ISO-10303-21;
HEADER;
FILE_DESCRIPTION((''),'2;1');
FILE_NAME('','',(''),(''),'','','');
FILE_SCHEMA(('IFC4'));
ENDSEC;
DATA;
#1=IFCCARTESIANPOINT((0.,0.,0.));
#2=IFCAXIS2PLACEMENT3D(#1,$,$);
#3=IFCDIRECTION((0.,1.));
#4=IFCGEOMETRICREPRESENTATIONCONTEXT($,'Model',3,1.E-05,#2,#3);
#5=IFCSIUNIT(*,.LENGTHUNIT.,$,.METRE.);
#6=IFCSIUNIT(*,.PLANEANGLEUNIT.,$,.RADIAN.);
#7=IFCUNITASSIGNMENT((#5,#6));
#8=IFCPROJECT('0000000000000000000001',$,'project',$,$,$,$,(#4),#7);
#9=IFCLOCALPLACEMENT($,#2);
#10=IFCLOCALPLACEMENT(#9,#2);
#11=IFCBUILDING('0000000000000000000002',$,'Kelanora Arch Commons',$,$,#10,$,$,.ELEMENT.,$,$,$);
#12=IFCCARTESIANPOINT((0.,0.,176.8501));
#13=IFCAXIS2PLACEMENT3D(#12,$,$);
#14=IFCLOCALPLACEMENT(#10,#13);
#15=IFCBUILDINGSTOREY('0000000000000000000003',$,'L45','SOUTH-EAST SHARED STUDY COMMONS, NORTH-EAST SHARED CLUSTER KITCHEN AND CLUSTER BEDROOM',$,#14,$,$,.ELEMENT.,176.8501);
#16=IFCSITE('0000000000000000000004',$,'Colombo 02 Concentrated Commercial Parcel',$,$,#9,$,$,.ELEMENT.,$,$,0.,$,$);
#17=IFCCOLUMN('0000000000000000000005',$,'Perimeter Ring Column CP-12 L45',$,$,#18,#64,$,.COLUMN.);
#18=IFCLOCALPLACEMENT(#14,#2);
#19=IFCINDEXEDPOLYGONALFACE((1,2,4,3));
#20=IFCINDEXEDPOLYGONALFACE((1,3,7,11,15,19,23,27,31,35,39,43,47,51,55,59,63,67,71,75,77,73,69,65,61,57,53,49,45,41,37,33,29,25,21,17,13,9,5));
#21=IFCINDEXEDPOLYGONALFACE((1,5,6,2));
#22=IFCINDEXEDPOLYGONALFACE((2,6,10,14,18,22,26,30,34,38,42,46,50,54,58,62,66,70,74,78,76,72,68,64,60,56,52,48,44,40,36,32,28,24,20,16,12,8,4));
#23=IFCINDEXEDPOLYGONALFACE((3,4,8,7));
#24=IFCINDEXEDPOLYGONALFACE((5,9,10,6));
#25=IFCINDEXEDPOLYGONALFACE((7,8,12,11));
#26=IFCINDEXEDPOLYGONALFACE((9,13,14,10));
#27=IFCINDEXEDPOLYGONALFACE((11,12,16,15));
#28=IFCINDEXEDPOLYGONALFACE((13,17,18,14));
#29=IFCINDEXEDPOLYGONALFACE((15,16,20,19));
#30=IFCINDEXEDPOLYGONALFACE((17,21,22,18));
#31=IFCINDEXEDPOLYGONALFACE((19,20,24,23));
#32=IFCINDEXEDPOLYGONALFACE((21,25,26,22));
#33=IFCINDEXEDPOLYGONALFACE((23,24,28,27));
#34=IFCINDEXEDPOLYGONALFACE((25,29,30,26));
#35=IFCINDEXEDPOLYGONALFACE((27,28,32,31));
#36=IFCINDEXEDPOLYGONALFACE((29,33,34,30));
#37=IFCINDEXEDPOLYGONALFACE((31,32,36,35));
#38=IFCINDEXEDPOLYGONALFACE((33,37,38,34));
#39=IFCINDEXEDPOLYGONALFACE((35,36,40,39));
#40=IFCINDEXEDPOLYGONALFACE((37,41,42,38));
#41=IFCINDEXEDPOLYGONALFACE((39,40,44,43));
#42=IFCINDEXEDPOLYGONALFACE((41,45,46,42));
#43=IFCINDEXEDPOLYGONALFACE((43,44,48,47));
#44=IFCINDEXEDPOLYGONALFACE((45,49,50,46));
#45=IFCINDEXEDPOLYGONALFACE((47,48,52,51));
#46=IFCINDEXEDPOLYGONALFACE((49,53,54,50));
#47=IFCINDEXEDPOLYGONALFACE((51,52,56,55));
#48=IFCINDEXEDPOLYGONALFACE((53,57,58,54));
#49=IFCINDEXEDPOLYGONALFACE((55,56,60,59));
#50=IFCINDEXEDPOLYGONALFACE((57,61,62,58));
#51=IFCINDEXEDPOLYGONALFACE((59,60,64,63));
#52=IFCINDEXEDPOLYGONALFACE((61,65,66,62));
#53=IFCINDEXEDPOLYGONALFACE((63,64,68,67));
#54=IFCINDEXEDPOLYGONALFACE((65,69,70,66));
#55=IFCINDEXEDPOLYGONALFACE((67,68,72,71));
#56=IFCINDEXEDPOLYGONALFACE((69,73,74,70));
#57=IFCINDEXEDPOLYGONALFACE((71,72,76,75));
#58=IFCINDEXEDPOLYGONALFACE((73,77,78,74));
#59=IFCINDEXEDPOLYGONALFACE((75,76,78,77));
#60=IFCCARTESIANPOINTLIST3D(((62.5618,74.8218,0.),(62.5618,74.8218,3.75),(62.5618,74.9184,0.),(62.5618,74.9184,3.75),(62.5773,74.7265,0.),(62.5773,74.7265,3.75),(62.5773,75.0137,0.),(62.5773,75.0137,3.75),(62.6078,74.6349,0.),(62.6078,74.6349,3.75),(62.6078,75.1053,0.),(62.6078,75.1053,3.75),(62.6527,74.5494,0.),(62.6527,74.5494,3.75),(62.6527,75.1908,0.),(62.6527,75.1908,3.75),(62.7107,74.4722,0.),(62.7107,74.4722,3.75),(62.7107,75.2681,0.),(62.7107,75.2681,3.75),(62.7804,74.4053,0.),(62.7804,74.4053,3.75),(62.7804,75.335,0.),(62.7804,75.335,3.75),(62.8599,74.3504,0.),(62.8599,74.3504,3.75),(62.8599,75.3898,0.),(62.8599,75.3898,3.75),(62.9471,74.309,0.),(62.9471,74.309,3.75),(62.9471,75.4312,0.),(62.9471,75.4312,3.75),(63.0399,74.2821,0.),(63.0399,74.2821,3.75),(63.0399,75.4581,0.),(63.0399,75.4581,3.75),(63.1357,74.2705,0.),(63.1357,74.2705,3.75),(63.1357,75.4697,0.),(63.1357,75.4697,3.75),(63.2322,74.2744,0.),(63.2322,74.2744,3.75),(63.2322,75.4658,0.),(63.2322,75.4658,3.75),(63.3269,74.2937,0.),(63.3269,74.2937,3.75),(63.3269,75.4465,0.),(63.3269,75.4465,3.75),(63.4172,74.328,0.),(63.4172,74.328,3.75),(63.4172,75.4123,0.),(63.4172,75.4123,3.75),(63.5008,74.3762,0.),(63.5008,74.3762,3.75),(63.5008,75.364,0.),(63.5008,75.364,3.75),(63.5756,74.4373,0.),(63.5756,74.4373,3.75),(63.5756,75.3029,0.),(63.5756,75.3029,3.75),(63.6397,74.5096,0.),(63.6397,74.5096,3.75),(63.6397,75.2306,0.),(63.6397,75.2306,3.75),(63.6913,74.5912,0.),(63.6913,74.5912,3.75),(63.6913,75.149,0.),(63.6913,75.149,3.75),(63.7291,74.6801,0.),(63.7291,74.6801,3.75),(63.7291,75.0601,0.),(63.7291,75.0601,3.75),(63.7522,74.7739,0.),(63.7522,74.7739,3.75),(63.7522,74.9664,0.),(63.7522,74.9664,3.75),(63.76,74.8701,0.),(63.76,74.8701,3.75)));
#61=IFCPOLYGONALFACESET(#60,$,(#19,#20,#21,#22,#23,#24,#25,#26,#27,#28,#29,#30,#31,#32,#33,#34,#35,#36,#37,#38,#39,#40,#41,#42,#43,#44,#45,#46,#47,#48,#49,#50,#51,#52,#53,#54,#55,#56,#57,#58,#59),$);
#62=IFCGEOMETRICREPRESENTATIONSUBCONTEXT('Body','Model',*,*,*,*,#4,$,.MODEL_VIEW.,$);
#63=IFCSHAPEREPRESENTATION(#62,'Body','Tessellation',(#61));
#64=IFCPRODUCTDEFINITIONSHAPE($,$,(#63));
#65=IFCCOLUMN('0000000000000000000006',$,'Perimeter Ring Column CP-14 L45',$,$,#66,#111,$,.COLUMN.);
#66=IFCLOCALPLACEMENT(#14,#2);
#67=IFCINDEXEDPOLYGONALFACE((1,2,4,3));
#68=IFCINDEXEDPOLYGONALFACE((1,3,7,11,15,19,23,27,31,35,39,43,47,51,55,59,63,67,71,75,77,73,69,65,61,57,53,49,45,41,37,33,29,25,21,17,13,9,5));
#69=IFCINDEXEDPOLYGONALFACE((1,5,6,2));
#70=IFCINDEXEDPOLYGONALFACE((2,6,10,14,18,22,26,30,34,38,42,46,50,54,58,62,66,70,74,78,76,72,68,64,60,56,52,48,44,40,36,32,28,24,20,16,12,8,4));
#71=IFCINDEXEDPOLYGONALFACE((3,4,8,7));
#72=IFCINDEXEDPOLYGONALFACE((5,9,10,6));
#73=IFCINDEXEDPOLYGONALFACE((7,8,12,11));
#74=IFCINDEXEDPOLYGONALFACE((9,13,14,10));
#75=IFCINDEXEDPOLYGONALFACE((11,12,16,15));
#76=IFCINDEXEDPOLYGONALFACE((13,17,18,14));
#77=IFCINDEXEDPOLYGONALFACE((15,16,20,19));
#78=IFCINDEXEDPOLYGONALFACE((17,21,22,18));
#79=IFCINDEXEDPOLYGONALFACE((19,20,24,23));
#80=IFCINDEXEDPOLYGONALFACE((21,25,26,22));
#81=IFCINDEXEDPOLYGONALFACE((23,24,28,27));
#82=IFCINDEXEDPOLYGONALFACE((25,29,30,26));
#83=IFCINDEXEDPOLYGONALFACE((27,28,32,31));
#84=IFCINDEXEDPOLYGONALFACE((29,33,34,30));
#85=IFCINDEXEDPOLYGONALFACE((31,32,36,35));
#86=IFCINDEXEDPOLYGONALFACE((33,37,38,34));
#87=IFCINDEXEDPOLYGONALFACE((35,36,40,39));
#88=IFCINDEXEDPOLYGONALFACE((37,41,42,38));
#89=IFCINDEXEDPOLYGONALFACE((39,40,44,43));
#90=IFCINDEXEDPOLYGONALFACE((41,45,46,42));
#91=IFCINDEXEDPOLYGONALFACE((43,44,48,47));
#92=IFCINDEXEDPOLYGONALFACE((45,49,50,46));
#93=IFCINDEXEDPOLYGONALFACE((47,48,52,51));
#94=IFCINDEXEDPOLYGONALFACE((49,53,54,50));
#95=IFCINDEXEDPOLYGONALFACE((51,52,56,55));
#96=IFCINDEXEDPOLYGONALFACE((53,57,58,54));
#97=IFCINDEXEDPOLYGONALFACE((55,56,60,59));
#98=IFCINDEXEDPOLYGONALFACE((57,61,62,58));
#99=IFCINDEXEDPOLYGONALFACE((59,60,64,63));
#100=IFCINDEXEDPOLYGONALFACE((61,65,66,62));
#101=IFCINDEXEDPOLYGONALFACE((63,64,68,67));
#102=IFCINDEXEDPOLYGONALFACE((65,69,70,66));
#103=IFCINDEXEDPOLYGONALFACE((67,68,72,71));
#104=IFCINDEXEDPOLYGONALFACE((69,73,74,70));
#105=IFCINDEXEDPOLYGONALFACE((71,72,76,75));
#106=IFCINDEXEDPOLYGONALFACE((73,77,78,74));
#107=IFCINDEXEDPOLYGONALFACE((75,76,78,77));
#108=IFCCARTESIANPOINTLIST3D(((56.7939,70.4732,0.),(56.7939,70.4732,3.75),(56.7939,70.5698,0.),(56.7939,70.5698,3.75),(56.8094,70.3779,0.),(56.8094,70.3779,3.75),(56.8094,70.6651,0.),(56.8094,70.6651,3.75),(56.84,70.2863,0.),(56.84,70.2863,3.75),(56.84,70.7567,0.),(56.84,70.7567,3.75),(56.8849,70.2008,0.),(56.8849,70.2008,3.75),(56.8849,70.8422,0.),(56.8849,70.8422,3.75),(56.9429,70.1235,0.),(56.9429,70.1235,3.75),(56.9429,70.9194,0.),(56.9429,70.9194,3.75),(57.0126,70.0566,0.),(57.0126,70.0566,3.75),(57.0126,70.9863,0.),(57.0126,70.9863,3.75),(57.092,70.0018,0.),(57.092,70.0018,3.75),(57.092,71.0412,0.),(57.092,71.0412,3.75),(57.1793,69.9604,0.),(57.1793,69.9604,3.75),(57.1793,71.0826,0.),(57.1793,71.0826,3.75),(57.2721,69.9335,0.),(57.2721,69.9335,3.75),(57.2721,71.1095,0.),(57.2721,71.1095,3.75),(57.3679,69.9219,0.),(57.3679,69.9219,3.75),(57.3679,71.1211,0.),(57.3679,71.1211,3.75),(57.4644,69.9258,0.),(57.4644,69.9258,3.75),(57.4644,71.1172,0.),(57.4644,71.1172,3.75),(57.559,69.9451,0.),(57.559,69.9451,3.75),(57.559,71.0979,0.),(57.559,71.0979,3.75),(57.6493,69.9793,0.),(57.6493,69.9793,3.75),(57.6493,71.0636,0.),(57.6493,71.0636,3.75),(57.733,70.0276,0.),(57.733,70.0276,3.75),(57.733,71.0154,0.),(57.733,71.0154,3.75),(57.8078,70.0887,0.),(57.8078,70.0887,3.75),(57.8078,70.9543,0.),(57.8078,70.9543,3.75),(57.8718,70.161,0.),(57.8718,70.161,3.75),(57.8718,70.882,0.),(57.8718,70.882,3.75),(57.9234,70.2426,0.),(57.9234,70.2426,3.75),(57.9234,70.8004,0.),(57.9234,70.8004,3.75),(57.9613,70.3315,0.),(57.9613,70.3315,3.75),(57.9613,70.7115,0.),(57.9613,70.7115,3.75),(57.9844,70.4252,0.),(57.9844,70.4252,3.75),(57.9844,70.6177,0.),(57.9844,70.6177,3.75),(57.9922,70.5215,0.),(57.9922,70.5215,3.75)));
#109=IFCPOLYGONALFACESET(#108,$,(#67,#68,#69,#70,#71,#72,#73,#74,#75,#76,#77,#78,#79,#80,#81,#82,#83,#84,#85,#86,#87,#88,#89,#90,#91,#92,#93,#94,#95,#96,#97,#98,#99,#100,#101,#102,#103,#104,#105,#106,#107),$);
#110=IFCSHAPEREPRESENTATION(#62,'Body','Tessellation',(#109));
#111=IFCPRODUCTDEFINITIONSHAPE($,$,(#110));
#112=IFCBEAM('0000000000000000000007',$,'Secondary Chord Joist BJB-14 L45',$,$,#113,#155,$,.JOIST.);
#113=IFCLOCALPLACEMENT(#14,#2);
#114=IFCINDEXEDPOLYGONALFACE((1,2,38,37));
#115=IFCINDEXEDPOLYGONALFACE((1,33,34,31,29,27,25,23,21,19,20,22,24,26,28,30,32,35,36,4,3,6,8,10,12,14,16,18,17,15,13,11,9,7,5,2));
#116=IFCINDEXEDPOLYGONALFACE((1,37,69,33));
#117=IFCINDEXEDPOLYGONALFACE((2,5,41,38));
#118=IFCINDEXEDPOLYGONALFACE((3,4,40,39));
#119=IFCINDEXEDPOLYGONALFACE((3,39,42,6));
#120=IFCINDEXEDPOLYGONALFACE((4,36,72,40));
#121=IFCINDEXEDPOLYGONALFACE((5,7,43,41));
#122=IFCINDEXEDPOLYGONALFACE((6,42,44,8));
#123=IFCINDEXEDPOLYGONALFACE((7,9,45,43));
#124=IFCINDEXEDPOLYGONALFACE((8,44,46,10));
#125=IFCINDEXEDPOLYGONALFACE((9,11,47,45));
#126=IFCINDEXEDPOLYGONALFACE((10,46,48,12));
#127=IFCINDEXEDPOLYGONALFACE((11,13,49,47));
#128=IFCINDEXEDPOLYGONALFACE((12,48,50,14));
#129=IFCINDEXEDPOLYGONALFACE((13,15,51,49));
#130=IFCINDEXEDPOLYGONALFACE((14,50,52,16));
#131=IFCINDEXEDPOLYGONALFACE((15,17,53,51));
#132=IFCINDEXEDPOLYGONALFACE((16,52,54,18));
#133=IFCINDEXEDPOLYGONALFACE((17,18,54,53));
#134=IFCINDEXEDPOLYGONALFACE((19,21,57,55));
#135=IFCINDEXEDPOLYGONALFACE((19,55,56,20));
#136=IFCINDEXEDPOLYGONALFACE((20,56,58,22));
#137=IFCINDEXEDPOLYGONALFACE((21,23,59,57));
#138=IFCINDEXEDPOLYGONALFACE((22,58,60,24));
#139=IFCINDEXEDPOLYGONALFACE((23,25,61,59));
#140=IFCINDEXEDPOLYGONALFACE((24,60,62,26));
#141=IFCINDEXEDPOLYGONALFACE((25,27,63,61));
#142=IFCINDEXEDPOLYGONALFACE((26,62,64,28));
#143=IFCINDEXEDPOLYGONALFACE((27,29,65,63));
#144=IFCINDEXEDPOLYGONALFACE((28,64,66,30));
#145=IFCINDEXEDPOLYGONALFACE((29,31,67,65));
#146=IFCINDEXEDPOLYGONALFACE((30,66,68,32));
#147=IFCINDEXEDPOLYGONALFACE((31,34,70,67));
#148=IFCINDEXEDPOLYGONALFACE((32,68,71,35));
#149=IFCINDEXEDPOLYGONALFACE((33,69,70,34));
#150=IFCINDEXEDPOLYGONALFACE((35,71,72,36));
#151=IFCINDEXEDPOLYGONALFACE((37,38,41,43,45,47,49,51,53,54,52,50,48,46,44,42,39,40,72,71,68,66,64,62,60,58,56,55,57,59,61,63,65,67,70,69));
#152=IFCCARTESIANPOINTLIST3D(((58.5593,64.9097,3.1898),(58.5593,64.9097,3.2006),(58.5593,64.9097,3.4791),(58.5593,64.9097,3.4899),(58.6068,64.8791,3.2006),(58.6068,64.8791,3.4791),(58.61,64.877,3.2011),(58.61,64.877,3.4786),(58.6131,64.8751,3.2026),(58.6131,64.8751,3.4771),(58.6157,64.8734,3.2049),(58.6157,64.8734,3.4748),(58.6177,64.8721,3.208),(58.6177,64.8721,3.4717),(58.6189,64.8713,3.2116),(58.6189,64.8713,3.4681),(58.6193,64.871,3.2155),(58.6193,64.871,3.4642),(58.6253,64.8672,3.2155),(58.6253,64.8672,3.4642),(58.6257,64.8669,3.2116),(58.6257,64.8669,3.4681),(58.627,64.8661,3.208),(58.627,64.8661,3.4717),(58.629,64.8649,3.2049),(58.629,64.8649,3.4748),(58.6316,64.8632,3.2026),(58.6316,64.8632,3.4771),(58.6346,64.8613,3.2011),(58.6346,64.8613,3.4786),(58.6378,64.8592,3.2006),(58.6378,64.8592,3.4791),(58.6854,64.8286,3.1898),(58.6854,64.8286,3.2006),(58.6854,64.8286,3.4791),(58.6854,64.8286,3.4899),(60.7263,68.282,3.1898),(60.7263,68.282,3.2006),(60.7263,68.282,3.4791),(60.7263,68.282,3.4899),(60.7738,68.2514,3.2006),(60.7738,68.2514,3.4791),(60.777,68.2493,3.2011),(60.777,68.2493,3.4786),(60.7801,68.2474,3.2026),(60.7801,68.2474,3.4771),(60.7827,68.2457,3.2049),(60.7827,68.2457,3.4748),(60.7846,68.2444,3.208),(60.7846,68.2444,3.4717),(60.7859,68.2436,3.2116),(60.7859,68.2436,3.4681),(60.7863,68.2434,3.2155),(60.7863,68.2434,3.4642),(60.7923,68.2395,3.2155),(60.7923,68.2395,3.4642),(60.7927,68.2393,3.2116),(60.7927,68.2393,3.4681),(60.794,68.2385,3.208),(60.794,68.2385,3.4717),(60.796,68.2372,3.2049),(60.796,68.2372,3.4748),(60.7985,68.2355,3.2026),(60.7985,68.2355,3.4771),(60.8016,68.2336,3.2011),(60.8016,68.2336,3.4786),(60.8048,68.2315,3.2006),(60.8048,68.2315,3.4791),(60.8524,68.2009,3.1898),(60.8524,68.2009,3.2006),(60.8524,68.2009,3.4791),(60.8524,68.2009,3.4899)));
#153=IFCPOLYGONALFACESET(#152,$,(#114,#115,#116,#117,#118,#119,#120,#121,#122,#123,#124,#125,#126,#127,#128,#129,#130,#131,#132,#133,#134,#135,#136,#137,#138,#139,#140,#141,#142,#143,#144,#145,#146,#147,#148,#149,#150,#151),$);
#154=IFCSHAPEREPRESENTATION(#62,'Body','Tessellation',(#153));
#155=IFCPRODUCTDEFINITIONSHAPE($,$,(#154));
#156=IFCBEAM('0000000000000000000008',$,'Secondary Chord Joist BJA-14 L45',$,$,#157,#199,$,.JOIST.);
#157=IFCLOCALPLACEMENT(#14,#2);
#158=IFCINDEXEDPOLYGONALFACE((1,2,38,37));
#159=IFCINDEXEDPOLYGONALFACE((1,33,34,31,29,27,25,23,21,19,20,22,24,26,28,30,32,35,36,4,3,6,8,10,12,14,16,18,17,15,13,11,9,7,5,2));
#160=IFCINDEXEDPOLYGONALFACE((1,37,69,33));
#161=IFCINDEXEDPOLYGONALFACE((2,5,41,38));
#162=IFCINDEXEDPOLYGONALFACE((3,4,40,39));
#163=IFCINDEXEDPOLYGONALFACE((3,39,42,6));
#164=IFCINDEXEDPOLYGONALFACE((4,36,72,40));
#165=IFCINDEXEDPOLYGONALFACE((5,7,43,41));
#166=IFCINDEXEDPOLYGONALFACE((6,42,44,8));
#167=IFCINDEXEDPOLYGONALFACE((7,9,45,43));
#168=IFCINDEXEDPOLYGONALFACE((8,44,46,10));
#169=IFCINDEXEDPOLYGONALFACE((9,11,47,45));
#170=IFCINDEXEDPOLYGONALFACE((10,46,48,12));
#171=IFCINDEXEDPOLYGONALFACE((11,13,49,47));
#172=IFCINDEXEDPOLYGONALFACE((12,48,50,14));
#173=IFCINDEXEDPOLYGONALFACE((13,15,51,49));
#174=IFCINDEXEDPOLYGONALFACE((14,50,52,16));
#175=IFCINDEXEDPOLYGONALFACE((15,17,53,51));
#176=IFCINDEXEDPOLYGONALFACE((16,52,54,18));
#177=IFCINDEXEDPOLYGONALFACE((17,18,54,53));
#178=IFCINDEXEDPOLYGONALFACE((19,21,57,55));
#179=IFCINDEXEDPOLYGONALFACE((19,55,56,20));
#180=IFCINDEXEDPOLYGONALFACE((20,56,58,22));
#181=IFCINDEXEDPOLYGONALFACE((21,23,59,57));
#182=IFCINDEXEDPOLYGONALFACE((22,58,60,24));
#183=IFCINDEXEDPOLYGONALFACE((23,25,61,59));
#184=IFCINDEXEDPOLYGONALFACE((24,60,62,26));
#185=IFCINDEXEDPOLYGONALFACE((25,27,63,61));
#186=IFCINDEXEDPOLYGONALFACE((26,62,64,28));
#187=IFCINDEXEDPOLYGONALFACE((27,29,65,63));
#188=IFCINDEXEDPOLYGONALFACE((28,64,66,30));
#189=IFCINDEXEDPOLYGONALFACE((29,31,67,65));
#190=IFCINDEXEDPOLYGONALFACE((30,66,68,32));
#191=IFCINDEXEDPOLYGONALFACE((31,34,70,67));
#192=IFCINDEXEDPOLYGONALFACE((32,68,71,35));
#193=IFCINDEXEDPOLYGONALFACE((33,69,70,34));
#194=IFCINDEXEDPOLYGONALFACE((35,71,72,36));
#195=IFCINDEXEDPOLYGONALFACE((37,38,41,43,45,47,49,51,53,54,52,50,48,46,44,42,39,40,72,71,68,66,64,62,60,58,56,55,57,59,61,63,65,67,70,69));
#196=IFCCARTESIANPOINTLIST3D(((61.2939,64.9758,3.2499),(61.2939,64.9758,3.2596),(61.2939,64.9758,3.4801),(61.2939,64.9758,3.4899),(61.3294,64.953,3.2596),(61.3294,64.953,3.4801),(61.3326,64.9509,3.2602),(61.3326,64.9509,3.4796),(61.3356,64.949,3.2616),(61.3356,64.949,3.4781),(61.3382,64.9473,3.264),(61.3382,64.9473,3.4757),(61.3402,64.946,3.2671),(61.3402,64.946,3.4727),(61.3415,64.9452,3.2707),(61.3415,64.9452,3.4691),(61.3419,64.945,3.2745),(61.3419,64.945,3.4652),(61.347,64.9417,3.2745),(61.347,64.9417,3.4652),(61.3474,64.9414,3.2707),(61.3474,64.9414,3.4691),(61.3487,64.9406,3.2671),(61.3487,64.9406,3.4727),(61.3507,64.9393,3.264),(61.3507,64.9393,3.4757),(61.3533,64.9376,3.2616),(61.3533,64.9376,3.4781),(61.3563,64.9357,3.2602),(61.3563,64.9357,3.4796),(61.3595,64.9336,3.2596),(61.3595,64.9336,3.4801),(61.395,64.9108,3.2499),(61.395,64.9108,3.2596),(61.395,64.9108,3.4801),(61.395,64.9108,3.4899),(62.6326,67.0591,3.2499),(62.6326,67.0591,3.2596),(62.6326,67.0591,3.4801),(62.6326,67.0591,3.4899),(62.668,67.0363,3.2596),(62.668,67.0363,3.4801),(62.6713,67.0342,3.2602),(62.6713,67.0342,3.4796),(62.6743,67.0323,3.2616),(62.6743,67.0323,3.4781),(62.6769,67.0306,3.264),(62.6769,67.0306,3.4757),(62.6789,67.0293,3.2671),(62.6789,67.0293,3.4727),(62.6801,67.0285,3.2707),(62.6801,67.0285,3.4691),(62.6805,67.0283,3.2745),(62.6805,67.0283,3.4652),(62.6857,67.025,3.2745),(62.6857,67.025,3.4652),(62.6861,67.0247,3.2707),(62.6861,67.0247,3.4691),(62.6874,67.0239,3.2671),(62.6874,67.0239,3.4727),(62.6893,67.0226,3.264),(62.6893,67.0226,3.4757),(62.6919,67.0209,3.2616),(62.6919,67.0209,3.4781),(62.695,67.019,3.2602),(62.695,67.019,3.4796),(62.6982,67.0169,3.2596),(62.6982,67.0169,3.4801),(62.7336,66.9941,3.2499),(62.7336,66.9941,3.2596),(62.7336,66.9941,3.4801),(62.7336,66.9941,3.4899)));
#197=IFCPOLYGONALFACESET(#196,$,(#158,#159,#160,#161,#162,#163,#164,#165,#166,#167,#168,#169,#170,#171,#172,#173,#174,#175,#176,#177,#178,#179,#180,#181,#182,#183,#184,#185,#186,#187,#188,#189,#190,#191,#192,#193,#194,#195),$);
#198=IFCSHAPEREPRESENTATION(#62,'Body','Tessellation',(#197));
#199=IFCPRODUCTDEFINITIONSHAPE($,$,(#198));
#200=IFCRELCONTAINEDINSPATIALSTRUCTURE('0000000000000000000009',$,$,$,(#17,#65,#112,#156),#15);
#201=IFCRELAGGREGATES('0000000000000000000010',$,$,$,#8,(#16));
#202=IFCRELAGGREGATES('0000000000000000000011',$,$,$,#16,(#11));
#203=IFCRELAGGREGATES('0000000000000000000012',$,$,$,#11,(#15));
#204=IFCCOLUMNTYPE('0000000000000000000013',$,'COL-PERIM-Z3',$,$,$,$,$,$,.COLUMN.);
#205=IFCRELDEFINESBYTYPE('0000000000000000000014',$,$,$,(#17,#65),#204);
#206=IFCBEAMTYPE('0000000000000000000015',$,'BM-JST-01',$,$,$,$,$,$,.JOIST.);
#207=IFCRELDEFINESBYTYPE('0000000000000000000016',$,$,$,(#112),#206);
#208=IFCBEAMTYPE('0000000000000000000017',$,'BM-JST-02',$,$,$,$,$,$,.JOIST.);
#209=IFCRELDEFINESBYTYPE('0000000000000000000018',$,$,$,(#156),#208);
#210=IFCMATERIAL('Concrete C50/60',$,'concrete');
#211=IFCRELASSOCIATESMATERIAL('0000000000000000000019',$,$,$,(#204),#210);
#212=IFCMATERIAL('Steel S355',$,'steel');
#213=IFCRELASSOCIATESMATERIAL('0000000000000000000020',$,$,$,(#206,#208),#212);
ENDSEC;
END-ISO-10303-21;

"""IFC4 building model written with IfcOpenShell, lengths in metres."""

from ifc_helpers import new_model, si_unit, direction, frame, origin, origin_2d, place, context, subcontext, project, spatial, circle, i_section, extrude, material, material_profile, profile_set, type_object, element, save


model = new_model("IFC4")

# Units and contexts
model_context = context("Model", 3, precision=1e-05, world=origin(), true_north=direction((0.0, 1.0)))
body_context = subcontext(model_context, "Body", "Model", "MODEL_VIEW")
ifc_project = project(units=[si_unit("LENGTHUNIT", "METRE"), si_unit("PLANEANGLEUNIT", "RADIAN")], contexts=[model_context])

# Site, building, storey
site_placement = place(None, origin())
site = spatial("IfcSite", under=ifc_project, at=site_placement, Name="Colombo 02 Concentrated Commercial Parcel", CompositionType="ELEMENT", RefElevation=0.0)
building_placement = place(site_placement, origin())
building = spatial("IfcBuilding", under=site, at=building_placement, Name="Kelanora Arch Commons", CompositionType="ELEMENT")
storey_placement = place(building_placement, frame((0.0, 0.0, 176.8501)))
storey = spatial("IfcBuildingStorey", under=building, at=storey_placement, Name="L45", Description="SOUTH-EAST SHARED STUDY COMMONS, NORTH-EAST SHARED CLUSTER KITCHEN AND CLUSTER BEDROOM", CompositionType="ELEMENT", Elevation=176.8501)

# Columns
ifc_material_1 = material(Name="Concrete C50/60", Category="concrete")
ifc_material_profile_1 = material_profile(ifc_material_1, circle(Radius=0.6001, at=origin_2d()), Name="RCC1200")
ifc_profile_set_1 = profile_set([ifc_material_profile_1], Name="Concrete C50/60")
column_type = type_object("IfcColumnType", Name="COL-PERIM-Z3", PredefinedType="COLUMN", material=ifc_profile_set_1)
for number, where, z_axis, x_axis, name in (
    (1, (63.1599, 74.8701, 0.0), (0.0, 0.0, 1.0), (1.0, 0.0, 0.0), "Perimeter Ring Column CP-12 L45"),
    (2, (57.3921, 70.5215, 0.0), (0.0, 0.0, 1.0), (1.0, 0.0, 0.0), "Perimeter Ring Column CP-14 L45"),
):
    element("IfcColumn", number, at=place(storey_placement, frame(where, z_axis=z_axis, x_axis=x_axis)), inside=storey, type_object=column_type, Name=name, PredefinedType="COLUMN", context=body_context, shape_type="SweptSolid", body=[
        extrude(circle(Radius=0.6001, at=origin_2d()), origin(), (0.0, 0.0, 1.0), 3.75),
    ])

# Beams
ifc_material_2 = material(Name="Steel S355", Category="steel")
ifc_material_profile_2 = material_profile(ifc_material_2, i_section(OverallWidth=0.1499, OverallDepth=0.3, WebThickness=0.0071, FlangeThickness=0.0107, FilletRadius=0.0149, at=origin_2d()), Name="IPE300")
ifc_profile_set_2 = profile_set([ifc_material_profile_2], Name="Steel S355")
beam_type_1 = type_object("IfcBeamType", Name="BM-JST-01", PredefinedType="JOIST", material=ifc_profile_set_2)
beam_1_placement = place(storey_placement, frame((60.7893, 68.2415, 3.3398), z_axis=(-0.540594, -0.841283, 0.0), x_axis=(0.841283, -0.540594, 0.0)))
element("IfcBeam", 3, at=beam_1_placement, inside=storey, type_object=beam_type_1, Name="Secondary Chord Joist BJB-14 L45", PredefinedType="JOIST", context=body_context, shape_type="SweptSolid", body=[
    extrude(i_section(OverallWidth=0.1499, OverallDepth=0.3, WebThickness=0.0071, FlangeThickness=0.0107, FilletRadius=0.0149, at=origin_2d()), origin(), (0.0, 0.0, 1.0), 4.0085),
])
ifc_material_profile_3 = material_profile(ifc_material_2, i_section(OverallWidth=0.1201, OverallDepth=0.24, WebThickness=0.0061, FlangeThickness=0.0098, FilletRadius=0.0149, at=origin_2d()), Name="IPE240")
ifc_profile_set_3 = profile_set([ifc_material_profile_3], Name="Steel S355")
beam_type_2 = type_object("IfcBeamType", Name="BM-JST-02", PredefinedType="JOIST", material=ifc_profile_set_3)
beam_2_placement = place(storey_placement, frame((62.6831, 67.0266, 3.3699), z_axis=(-0.540583, -0.841291, 0.0), x_axis=(0.841291, -0.540583, 0.0)))
element("IfcBeam", 4, at=beam_2_placement, inside=storey, type_object=beam_type_2, Name="Secondary Chord Joist BJA-14 L45", PredefinedType="JOIST", context=body_context, shape_type="SweptSolid", body=[
    extrude(i_section(OverallWidth=0.1201, OverallDepth=0.24, WebThickness=0.0061, FlangeThickness=0.0098, FilletRadius=0.0149, at=origin_2d()), origin(), (0.0, 0.0, 1.0), 2.4763),
])

save(model, "model.ifc")
